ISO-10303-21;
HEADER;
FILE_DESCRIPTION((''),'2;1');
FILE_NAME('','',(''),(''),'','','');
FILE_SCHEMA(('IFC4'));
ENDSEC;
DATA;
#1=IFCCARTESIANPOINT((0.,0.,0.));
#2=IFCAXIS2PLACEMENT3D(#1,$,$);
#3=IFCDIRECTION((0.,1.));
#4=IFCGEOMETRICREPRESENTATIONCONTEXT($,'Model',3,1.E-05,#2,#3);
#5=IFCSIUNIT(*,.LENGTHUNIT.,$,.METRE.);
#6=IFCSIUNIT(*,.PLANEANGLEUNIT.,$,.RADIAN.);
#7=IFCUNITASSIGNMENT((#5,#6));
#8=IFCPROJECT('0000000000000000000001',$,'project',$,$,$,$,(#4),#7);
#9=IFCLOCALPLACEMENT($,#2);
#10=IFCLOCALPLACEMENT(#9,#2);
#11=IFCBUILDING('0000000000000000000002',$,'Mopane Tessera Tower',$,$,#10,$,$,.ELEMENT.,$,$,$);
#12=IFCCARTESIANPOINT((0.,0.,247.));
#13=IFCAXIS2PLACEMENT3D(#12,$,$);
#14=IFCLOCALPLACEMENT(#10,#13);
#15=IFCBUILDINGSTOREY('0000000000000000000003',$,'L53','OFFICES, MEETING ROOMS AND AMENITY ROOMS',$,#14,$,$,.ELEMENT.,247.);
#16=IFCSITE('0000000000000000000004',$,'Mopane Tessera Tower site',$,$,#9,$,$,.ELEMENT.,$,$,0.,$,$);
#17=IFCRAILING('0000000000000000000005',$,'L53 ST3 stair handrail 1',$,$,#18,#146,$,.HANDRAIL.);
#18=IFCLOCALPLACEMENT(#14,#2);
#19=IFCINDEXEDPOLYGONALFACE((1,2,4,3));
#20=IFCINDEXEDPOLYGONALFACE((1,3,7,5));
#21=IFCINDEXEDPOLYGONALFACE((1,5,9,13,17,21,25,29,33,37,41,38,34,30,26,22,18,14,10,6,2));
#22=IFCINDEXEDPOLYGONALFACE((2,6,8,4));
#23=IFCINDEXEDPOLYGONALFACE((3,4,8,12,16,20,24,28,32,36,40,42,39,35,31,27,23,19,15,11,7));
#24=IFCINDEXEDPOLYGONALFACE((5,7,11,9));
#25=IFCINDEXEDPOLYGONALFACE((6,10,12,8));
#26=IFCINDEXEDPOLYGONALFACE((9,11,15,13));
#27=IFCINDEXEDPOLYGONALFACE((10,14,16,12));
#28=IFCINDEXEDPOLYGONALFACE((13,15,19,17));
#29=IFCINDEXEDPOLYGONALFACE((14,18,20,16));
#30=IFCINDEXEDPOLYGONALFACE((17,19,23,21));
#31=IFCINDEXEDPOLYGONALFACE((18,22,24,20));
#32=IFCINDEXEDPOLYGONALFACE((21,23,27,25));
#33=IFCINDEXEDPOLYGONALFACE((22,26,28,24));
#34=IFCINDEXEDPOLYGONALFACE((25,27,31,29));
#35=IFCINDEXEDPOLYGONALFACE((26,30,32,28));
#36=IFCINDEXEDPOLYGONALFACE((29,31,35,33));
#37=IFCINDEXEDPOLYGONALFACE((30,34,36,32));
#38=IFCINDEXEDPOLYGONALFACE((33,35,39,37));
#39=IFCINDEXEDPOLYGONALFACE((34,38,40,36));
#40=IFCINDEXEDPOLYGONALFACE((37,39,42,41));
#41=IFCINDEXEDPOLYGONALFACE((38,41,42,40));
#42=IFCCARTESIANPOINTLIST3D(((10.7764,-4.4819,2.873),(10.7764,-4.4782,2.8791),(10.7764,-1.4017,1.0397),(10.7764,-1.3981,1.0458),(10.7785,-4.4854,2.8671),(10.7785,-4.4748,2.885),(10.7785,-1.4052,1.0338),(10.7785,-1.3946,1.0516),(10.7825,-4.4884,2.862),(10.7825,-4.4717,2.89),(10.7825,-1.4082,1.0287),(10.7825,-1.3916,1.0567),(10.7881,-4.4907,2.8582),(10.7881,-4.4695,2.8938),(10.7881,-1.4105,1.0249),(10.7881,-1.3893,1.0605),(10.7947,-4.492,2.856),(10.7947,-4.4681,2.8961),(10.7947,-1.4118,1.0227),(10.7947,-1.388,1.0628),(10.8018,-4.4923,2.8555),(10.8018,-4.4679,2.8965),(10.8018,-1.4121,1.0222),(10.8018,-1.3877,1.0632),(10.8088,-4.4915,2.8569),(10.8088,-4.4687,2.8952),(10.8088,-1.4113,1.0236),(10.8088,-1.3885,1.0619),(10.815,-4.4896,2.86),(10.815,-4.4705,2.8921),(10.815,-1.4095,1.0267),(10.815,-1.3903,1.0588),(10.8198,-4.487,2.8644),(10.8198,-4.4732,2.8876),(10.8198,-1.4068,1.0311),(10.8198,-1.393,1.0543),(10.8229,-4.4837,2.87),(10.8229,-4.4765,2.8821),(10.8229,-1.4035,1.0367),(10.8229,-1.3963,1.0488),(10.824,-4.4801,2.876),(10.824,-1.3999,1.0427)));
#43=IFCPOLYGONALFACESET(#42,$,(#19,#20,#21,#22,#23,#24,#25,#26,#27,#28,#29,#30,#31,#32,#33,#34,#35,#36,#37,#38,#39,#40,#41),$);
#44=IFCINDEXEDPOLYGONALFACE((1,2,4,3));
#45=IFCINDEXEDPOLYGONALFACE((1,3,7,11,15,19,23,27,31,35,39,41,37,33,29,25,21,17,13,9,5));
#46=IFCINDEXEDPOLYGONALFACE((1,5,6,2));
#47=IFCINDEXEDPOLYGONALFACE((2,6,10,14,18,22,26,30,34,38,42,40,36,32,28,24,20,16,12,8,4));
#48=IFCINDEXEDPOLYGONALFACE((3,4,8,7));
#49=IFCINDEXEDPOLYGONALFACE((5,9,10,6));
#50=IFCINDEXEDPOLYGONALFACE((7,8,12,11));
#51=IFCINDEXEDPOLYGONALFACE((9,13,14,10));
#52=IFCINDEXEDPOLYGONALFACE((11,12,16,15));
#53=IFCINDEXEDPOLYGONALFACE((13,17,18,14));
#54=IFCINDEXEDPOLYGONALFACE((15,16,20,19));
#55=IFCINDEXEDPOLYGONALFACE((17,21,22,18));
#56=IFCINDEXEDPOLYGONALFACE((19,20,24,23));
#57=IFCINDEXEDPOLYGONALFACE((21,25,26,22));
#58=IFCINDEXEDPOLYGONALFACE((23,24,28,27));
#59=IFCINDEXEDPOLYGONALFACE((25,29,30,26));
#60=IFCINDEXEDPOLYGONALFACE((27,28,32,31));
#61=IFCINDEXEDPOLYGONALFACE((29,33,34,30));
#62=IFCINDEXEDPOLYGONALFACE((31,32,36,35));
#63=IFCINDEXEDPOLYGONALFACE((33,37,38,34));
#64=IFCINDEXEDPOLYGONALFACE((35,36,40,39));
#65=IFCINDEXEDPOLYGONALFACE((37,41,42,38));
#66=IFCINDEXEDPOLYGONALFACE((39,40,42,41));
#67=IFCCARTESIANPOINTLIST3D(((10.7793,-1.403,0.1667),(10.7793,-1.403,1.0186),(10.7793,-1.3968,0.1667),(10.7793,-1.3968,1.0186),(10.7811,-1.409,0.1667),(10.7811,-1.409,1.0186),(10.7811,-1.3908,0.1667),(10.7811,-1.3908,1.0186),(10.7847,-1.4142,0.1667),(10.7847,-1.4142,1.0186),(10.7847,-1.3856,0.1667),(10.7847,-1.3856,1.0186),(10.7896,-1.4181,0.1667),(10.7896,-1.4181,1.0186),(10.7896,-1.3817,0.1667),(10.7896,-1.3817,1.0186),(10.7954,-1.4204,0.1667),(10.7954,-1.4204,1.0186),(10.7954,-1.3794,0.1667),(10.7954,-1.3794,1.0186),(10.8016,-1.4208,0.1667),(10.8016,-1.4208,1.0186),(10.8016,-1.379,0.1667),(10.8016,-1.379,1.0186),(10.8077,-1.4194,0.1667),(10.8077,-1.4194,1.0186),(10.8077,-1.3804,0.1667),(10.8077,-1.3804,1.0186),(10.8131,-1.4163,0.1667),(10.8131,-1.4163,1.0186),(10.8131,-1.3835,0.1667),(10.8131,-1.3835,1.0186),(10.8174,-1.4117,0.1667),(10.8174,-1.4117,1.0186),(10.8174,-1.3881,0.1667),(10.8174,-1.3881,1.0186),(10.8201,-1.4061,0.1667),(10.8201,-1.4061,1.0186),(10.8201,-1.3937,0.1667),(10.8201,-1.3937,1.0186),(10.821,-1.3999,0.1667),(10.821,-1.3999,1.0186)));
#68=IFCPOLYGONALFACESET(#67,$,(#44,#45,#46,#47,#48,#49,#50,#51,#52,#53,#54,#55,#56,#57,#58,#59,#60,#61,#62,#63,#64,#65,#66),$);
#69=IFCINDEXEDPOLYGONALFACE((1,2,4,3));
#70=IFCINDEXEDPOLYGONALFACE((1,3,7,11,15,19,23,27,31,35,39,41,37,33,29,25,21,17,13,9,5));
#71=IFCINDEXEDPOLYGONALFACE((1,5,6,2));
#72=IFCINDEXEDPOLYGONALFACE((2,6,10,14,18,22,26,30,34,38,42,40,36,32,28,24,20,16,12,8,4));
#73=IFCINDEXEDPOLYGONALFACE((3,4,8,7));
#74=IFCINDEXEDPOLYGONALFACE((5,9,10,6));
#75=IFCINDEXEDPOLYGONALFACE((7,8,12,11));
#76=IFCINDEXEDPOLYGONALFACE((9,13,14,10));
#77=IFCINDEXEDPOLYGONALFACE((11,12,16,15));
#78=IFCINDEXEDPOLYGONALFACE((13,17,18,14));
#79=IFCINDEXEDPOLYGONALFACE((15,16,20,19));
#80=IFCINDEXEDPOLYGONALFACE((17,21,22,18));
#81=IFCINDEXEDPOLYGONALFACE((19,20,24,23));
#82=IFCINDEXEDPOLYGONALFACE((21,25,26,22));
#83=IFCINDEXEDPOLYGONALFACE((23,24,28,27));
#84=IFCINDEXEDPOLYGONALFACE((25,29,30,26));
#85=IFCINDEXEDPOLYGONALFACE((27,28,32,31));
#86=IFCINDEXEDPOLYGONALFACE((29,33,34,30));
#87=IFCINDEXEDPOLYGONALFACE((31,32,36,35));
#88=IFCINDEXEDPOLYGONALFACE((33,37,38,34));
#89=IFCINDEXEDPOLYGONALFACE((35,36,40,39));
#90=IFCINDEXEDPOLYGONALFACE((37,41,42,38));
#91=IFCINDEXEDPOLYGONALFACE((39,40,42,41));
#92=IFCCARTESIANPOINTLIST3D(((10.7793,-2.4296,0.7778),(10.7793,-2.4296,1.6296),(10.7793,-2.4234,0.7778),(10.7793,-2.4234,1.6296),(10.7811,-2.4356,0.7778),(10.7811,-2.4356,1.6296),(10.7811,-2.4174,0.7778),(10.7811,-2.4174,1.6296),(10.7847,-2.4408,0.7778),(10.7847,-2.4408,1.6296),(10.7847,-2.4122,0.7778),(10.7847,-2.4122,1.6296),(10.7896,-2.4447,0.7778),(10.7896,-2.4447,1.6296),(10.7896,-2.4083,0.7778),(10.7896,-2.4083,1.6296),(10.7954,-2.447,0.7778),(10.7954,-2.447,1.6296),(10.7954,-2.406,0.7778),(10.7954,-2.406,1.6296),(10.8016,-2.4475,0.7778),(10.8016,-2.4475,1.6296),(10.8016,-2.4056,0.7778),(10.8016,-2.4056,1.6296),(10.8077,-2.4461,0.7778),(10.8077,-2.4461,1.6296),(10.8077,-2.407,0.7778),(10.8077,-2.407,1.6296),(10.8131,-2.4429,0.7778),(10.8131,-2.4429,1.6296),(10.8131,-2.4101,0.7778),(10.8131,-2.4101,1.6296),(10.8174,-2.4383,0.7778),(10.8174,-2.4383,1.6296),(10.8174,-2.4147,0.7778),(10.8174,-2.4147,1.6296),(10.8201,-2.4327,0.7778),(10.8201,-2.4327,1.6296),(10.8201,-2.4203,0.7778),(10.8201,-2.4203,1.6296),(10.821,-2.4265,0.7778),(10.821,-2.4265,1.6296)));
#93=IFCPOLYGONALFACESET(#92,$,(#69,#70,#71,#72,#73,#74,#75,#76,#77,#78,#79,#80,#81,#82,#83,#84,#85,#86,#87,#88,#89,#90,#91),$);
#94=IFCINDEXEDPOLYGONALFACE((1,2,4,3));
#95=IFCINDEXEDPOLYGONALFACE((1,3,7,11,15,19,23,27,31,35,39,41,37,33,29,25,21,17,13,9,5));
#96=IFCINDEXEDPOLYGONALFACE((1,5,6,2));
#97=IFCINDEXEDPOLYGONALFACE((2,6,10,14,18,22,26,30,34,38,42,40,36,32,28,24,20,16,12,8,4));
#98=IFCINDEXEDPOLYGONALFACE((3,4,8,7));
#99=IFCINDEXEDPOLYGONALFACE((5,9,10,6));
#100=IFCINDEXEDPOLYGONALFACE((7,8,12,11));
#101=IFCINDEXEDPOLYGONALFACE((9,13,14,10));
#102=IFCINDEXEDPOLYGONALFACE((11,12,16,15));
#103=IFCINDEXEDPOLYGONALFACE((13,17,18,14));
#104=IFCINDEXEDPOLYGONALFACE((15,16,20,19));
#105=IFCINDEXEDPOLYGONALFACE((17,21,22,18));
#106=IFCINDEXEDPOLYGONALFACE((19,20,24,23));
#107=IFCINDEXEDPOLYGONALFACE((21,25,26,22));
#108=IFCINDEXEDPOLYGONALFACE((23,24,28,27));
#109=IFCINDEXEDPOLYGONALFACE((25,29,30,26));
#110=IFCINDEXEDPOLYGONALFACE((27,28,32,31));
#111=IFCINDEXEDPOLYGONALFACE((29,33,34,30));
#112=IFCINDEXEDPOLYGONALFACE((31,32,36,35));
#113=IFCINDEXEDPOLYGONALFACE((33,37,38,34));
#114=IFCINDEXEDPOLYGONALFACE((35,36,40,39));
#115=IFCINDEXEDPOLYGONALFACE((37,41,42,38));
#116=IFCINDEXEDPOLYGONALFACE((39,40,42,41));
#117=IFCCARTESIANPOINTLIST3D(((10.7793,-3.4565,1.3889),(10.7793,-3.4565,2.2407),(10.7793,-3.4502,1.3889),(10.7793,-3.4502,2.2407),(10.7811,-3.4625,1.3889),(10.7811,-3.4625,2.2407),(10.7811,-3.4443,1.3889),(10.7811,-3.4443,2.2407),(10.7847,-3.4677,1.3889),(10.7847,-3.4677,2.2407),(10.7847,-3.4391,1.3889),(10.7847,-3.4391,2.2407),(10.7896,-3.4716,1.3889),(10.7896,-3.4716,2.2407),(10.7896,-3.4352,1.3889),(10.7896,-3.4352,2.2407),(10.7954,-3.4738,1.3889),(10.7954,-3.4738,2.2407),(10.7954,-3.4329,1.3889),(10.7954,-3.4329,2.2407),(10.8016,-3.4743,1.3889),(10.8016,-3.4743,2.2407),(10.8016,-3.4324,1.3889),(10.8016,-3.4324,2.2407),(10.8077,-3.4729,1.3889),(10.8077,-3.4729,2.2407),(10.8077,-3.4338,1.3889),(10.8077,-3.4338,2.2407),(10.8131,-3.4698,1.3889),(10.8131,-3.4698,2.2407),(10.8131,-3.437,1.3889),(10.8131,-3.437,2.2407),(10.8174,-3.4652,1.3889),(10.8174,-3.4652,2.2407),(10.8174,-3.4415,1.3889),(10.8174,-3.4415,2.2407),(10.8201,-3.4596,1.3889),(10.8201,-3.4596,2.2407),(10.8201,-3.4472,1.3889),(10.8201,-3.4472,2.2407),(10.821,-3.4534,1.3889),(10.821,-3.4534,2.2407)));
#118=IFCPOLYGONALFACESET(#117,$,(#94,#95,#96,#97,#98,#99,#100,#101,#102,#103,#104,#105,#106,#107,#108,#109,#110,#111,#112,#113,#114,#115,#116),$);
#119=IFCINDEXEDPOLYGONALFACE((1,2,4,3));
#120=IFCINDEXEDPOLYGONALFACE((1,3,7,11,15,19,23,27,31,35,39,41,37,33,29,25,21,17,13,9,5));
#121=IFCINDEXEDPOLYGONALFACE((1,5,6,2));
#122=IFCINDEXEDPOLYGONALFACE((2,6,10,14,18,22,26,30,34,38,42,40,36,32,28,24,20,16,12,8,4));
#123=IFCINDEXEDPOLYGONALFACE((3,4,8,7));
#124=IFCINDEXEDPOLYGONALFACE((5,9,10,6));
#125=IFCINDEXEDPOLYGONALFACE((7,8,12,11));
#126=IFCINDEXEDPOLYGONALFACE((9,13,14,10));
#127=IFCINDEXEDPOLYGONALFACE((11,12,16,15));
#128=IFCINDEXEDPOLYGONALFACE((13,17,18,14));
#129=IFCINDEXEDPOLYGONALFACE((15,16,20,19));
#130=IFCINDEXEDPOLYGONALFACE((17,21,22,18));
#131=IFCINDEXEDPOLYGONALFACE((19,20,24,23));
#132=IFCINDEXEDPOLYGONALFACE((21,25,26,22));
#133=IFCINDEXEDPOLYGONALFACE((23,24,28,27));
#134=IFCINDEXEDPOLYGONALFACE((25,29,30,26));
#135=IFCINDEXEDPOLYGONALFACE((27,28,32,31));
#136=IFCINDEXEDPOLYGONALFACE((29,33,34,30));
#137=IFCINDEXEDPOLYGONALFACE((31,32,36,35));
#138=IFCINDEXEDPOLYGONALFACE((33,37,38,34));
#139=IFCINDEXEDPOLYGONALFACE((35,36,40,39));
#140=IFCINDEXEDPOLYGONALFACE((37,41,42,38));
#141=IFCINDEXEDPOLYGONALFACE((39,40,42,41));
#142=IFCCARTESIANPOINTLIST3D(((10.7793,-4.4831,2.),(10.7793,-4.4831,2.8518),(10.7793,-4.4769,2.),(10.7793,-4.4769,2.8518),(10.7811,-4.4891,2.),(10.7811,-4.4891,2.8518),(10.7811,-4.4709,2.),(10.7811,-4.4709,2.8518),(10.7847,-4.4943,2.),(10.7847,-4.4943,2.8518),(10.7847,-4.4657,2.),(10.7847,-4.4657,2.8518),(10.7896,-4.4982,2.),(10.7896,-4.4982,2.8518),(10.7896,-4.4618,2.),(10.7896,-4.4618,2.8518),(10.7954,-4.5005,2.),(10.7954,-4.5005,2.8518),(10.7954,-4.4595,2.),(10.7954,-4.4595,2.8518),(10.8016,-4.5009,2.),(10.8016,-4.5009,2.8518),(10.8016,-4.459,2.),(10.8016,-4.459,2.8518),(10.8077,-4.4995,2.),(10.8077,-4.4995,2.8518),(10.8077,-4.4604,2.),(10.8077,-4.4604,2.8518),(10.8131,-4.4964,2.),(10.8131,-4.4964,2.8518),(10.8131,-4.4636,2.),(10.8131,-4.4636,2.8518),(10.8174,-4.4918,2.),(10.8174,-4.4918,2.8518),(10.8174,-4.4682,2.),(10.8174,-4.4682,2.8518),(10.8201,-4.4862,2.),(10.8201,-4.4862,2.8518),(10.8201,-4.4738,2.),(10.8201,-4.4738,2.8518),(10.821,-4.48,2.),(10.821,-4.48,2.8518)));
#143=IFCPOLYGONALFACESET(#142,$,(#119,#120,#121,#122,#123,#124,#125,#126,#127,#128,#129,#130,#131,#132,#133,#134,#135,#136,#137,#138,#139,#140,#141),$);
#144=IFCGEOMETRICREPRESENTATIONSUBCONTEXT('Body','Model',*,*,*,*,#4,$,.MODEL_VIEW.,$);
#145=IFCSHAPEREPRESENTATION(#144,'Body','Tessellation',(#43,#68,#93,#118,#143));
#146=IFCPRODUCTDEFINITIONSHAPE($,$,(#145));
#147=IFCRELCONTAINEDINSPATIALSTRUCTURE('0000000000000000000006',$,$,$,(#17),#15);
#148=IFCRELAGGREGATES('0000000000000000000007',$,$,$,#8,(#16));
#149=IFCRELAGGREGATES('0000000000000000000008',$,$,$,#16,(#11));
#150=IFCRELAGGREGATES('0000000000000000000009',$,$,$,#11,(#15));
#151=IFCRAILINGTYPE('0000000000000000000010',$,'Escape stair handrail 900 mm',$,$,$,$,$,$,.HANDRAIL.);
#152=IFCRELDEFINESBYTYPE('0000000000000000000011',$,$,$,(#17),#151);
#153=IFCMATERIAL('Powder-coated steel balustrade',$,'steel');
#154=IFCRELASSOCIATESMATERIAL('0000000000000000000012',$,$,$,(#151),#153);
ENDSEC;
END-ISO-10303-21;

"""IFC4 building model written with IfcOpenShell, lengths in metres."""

from ifc_helpers import new_model, si_unit, direction, frame, origin, origin_2d, place, context, subcontext, project, spatial, circle, extrude, material, type_object, element, save


model = new_model("IFC4")

# Units and contexts
model_context = context("Model", 3, precision=1e-05, world=origin(), true_north=direction((0.0, 1.0)))
body_context = subcontext(model_context, "Body", "Model", "MODEL_VIEW")
ifc_project = project(units=[si_unit("LENGTHUNIT", "METRE"), si_unit("PLANEANGLEUNIT", "RADIAN")], contexts=[model_context])

# Site, building, storey
site_placement = place(None, origin())
site = spatial("IfcSite", under=ifc_project, at=site_placement, Name="Mopane Tessera Tower site", CompositionType="ELEMENT", RefElevation=0.0)
building_placement = place(site_placement, origin())
building = spatial("IfcBuilding", under=site, at=building_placement, Name="Mopane Tessera Tower", CompositionType="ELEMENT")
storey_placement = place(building_placement, frame((0.0, 0.0, 247.0)))
storey = spatial("IfcBuildingStorey", under=building, at=storey_placement, Name="L53", Description="OFFICES, MEETING ROOMS AND AMENITY ROOMS", CompositionType="ELEMENT", Elevation=247.0)

# Railing
ifc_material_1 = material(Name="Powder-coated steel balustrade", Category="steel")
railing_type_1 = type_object("IfcRailingType", Name="Escape stair handrail 900 mm", PredefinedType="HANDRAIL", material=ifc_material_1)
railing_1_placement = place(storey_placement, frame((10.8, -1.3999, 0.1667)))
element("IfcRailing", 1, at=railing_1_placement, inside=storey, type_object=railing_type_1, Name="L53 ST3 stair handrail 1", PredefinedType="HANDRAIL", context=body_context, shape_type="SweptSolid", body=[
    extrude(circle(Radius=0.0239, at=origin_2d()), frame((0.0, 0.0, 0.876), z_axis=(0.0, -0.859309, 0.511458), x_axis=(1.0, 0.0, 0.0)), (0.0, 0.0, 1.0), 3.5845),
    extrude(circle(Radius=0.021, at=origin_2d()), origin(), (0.0, 0.0, 1.0), 0.8518),
    extrude(circle(Radius=0.021, at=origin_2d()), frame((0.0, -1.0266, 0.6111)), (0.0, 0.0, 1.0), 0.8518),
    extrude(circle(Radius=0.021, at=origin_2d()), frame((0.0, -2.0535, 1.2222)), (0.0, 0.0, 1.0), 0.8518),
    extrude(circle(Radius=0.021, at=origin_2d()), frame((0.0, -3.0801, 1.8333)), (0.0, 0.0, 1.0), 0.8518),
])

save(model, "model.ifc")
